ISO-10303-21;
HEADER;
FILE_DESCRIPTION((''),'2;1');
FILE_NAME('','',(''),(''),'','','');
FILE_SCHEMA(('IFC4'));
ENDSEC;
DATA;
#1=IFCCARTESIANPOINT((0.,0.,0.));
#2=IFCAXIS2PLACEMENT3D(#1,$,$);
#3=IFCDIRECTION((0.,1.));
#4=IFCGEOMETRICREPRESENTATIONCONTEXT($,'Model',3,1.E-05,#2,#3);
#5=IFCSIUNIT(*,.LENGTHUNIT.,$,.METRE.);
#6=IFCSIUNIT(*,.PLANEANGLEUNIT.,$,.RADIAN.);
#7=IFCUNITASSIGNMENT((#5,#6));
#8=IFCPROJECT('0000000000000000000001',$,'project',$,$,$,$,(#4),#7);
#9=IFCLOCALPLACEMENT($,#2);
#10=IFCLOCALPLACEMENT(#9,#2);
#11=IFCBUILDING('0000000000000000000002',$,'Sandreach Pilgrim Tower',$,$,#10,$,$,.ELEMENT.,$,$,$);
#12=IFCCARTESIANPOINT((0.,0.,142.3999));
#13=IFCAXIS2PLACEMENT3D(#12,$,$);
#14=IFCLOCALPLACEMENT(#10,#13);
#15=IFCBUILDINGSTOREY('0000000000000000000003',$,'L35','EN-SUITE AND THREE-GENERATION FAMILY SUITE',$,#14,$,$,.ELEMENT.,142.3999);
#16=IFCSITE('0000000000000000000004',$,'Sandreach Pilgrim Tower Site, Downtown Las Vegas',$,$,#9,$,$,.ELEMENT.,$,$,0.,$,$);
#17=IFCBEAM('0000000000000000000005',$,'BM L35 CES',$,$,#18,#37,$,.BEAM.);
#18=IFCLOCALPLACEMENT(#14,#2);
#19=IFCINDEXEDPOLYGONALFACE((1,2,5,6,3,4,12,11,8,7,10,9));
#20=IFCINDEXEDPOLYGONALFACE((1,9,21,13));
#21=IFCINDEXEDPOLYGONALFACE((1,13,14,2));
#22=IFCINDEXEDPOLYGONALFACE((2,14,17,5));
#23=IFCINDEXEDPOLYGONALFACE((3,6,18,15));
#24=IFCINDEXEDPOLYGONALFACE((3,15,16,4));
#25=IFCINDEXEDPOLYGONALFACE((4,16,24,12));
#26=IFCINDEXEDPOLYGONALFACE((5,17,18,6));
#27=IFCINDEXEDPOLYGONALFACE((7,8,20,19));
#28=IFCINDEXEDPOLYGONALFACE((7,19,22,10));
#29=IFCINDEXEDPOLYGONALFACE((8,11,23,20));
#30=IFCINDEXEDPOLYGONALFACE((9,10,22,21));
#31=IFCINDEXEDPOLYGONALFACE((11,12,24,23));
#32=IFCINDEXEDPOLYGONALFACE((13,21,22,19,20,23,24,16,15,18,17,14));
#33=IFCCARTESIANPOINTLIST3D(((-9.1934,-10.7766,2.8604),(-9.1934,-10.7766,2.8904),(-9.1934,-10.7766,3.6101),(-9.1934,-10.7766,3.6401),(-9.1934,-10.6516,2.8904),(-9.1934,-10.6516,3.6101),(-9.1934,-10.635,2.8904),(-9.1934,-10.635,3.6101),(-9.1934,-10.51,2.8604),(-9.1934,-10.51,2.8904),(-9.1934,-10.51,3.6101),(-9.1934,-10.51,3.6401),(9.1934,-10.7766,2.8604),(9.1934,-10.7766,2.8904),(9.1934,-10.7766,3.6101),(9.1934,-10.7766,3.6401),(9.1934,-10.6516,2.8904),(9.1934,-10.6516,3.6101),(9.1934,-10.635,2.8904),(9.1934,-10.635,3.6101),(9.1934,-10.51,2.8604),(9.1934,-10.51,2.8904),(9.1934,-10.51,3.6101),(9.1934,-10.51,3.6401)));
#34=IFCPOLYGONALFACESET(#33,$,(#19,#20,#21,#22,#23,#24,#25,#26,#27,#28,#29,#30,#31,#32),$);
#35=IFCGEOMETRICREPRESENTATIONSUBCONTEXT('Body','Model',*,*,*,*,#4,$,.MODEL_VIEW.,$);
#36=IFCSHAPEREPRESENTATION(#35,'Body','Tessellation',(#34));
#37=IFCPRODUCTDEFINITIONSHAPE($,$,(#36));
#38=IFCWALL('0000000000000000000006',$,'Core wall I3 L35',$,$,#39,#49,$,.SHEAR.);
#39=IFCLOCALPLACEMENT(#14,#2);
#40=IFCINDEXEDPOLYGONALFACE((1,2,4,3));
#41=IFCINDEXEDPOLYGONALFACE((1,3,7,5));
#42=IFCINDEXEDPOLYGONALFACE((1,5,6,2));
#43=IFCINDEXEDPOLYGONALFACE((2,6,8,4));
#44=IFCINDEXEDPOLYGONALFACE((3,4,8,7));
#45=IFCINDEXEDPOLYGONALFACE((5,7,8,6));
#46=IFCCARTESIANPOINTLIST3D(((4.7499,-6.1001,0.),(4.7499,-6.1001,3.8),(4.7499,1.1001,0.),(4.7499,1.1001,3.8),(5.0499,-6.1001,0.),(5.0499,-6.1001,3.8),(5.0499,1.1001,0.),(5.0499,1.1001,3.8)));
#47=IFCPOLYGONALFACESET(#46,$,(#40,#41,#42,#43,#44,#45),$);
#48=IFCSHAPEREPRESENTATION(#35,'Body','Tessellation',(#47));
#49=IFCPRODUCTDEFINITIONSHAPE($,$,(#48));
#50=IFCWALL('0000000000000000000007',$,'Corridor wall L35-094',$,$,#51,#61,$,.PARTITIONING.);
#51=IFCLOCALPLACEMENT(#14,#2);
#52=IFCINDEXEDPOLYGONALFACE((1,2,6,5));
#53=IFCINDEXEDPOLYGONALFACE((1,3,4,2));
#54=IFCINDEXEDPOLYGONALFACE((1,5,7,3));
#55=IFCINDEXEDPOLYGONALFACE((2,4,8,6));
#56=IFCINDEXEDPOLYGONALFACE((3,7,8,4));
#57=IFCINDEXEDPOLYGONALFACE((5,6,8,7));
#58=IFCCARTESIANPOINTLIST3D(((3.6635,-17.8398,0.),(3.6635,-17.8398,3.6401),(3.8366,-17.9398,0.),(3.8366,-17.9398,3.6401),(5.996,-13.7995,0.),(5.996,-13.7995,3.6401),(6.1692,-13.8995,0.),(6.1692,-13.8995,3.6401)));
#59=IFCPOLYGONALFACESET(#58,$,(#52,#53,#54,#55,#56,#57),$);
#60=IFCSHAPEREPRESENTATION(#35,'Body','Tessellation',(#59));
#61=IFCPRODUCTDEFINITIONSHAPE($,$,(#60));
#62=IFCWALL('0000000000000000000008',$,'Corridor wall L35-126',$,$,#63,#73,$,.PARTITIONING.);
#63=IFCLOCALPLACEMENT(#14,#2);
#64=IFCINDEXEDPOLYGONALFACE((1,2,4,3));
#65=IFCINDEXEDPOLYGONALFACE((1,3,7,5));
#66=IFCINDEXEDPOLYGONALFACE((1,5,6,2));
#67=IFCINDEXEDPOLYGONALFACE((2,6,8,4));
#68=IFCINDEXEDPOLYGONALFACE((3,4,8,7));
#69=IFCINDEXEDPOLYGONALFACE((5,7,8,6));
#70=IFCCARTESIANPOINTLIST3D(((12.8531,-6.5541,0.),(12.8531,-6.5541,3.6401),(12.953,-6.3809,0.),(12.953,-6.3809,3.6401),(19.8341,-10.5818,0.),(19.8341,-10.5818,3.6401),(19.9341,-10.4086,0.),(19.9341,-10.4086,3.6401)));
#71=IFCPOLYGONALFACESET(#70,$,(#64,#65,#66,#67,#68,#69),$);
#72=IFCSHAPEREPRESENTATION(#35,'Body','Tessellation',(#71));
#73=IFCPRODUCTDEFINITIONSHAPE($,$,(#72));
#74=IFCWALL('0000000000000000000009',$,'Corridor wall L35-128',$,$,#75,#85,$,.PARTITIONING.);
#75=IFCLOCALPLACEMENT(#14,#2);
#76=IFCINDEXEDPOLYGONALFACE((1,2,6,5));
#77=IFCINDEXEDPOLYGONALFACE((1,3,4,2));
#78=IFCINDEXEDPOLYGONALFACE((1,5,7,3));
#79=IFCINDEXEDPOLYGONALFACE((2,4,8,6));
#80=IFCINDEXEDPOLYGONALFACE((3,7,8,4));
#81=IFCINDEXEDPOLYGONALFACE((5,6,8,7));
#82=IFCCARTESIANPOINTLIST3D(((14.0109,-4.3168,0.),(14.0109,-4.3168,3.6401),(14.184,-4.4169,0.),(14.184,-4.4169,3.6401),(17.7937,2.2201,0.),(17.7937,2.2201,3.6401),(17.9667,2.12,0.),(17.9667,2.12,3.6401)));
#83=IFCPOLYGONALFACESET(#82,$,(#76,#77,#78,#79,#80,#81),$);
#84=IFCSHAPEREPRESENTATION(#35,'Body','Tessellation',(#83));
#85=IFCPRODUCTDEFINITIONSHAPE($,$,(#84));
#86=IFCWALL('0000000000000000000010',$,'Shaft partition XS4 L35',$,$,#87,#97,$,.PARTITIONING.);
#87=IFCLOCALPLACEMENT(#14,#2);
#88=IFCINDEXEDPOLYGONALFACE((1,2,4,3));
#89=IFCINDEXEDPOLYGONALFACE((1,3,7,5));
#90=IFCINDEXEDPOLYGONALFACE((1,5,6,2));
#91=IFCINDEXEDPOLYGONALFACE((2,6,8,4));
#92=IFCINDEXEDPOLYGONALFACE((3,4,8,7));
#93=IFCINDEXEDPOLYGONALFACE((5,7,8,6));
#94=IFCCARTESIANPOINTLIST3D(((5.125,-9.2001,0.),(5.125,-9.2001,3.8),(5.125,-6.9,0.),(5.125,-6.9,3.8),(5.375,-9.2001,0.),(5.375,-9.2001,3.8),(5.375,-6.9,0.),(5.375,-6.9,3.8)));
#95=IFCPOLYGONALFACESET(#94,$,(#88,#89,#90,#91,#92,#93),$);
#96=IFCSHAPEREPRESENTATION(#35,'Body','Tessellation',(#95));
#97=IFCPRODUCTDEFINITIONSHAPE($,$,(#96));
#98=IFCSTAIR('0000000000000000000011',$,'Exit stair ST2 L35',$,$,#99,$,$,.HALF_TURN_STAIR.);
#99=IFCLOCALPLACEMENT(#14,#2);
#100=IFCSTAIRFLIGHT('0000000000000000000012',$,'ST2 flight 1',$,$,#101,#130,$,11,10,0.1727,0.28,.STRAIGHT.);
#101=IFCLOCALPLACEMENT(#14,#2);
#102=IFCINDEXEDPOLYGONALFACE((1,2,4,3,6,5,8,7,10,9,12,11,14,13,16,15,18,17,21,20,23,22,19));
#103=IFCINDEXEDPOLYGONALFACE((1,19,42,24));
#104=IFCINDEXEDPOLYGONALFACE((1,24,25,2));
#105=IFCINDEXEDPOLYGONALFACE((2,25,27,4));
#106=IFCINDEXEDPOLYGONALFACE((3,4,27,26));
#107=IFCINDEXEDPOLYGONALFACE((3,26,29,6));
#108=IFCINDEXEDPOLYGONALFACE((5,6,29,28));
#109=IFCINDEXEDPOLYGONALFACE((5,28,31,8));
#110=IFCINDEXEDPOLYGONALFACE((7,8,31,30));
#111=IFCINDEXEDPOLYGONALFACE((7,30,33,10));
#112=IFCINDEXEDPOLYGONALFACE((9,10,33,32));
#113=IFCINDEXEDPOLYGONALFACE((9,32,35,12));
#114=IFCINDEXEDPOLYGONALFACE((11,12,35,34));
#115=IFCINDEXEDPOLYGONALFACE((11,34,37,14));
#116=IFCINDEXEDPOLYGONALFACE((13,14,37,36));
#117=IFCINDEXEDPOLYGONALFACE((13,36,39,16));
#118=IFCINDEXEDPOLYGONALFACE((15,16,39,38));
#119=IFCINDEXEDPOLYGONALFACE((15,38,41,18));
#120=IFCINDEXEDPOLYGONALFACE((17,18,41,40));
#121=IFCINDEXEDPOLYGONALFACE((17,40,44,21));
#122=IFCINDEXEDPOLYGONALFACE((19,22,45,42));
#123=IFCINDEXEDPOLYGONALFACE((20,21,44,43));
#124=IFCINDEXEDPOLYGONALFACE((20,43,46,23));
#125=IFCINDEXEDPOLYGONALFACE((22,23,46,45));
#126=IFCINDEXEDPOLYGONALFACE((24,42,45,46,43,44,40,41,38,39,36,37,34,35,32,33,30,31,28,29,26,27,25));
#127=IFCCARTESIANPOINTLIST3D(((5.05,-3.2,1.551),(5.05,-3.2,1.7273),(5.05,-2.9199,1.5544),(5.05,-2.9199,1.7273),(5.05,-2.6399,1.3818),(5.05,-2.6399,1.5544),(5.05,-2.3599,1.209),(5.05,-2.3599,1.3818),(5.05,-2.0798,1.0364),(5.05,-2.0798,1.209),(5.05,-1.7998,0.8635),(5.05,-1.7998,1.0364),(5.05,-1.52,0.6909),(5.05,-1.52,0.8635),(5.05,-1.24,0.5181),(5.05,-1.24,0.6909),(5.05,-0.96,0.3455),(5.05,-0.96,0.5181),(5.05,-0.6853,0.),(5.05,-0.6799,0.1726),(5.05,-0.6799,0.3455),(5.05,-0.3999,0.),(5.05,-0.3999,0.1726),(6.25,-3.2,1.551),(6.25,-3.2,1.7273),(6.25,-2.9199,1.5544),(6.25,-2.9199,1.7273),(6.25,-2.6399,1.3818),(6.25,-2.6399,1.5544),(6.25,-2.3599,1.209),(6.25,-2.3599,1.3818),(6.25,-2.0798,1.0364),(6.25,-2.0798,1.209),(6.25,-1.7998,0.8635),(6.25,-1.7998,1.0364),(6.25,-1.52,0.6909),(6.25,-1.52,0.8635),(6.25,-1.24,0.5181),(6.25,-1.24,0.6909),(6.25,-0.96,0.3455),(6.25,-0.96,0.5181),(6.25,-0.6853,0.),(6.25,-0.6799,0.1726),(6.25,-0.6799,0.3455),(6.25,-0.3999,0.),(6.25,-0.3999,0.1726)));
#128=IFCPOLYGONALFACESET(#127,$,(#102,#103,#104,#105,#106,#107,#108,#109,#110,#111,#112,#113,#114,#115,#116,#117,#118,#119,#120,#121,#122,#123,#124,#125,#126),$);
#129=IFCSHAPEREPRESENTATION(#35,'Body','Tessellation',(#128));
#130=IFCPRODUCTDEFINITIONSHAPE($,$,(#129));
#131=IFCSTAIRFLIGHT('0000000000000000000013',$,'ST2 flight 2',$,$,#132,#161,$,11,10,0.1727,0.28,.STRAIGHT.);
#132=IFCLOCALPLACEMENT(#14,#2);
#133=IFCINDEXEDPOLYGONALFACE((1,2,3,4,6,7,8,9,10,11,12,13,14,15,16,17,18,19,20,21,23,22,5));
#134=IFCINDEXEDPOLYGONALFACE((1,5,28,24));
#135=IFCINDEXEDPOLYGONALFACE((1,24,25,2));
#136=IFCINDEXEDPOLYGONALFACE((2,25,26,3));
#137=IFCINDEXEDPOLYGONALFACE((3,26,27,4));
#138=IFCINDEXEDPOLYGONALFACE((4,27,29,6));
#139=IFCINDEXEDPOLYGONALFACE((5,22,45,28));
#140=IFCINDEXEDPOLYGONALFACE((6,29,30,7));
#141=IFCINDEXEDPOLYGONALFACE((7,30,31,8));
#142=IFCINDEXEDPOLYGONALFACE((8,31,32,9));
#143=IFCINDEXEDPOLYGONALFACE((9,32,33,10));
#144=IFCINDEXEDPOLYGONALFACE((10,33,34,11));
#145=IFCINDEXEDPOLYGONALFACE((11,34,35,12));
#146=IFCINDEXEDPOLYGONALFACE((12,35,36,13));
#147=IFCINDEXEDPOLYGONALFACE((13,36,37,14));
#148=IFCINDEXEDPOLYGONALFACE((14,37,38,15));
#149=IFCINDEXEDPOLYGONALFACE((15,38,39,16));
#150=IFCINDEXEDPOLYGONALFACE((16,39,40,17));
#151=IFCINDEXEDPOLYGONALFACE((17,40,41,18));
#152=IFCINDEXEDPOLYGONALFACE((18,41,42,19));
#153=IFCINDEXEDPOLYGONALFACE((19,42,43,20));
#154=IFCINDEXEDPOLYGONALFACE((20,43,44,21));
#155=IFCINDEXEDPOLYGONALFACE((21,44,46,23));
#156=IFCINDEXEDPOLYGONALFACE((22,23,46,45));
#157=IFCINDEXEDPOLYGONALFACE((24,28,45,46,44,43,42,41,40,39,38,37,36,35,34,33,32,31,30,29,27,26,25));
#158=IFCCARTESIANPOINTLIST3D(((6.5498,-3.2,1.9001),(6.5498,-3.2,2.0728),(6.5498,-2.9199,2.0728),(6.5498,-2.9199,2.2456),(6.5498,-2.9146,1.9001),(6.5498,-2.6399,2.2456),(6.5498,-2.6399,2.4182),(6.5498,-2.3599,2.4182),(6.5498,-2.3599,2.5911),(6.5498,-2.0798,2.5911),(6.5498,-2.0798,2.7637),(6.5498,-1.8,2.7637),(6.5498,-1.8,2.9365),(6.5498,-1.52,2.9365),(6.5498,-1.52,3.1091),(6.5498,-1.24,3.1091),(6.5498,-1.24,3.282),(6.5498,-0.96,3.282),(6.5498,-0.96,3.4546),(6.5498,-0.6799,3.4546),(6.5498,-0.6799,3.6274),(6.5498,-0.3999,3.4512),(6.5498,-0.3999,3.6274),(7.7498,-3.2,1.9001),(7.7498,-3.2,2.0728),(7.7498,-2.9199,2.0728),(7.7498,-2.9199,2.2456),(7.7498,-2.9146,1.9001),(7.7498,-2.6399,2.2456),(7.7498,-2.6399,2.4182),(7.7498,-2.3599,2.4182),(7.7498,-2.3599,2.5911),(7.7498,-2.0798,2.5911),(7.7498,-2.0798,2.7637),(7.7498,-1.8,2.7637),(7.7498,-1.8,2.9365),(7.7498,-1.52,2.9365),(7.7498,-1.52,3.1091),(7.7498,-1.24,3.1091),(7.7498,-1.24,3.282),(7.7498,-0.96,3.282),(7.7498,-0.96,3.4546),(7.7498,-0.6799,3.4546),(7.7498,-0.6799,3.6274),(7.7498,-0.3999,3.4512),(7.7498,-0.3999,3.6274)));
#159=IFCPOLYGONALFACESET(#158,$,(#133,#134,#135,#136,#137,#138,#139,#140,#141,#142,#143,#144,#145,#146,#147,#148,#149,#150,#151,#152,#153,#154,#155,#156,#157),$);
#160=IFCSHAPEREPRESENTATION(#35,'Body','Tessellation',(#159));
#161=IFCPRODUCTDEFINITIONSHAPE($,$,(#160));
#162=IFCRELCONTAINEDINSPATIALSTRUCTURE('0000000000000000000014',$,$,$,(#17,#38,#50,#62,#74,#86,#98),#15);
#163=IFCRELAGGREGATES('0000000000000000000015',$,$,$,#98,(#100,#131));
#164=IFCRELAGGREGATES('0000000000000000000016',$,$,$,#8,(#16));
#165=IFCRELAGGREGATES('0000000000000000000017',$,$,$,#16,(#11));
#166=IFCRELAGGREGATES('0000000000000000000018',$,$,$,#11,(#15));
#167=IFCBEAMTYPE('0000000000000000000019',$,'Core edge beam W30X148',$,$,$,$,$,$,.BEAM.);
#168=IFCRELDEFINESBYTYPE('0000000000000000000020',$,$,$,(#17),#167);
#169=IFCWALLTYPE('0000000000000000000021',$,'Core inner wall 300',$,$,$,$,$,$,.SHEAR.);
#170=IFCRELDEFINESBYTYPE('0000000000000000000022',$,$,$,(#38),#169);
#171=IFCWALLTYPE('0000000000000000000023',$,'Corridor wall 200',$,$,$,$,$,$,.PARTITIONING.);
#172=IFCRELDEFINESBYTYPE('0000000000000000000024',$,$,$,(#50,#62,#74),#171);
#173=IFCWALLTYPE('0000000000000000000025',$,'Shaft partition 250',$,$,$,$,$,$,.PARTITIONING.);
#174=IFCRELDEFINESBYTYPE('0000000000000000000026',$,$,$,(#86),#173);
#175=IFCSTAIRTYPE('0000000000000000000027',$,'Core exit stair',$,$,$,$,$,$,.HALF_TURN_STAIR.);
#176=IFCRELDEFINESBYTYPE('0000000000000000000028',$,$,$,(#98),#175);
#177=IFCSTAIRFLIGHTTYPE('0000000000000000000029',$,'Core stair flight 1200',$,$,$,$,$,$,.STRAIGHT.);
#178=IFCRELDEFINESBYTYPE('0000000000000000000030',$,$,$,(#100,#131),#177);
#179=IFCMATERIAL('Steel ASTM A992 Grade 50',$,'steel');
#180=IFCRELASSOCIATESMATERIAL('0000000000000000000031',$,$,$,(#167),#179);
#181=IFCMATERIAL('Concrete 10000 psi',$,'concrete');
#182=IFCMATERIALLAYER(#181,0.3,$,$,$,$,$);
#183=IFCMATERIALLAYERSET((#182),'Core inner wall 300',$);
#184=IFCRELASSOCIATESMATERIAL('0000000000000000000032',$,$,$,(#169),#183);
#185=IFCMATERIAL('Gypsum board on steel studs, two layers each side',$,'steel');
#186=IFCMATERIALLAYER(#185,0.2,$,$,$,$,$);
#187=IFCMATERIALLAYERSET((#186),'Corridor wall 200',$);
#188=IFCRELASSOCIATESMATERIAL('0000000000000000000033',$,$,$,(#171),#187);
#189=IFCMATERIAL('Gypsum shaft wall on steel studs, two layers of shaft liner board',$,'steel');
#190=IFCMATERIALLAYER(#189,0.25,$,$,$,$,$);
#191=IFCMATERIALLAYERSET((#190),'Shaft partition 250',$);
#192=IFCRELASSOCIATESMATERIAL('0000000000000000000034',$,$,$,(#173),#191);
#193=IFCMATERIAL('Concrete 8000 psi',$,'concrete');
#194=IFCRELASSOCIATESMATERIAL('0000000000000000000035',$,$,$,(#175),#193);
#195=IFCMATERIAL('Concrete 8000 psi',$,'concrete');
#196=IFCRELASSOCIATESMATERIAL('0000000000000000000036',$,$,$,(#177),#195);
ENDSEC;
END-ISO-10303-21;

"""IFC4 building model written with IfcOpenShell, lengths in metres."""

from ifc_helpers import new_model, si_unit, direction, frame, frame_2d, origin, origin_2d, place, context, subcontext, project, spatial, polyline, rectangle, i_section, outline, extrude, material, layer, layer_set, material_profile, profile_set, type_object, element, aggregate, save


model = new_model("IFC4")

# Units and contexts
model_context = context("Model", 3, precision=1e-05, world=origin(), true_north=direction((0.0, 1.0)))
body_context = subcontext(model_context, "Body", "Model", "MODEL_VIEW")
ifc_project = project(units=[si_unit("LENGTHUNIT", "METRE"), si_unit("PLANEANGLEUNIT", "RADIAN")], contexts=[model_context])

# Site, building, storey
site_placement = place(None, origin())
site = spatial("IfcSite", under=ifc_project, at=site_placement, Name="Sandreach Pilgrim Tower Site, Downtown Las Vegas", CompositionType="ELEMENT", RefElevation=0.0)
building_placement = place(site_placement, origin())
building = spatial("IfcBuilding", under=site, at=building_placement, Name="Sandreach Pilgrim Tower", CompositionType="ELEMENT")
storey_placement = place(building_placement, frame((0.0, 0.0, 142.3999)))
storey = spatial("IfcBuildingStorey", under=building, at=storey_placement, Name="L35", Description="EN-SUITE AND THREE-GENERATION FAMILY SUITE", CompositionType="ELEMENT", Elevation=142.3999)

# Beam
ifc_material_1 = material(Name="Steel ASTM A992 Grade 50", Category="steel")
ifc_material_profile = material_profile(ifc_material_1, i_section(OverallWidth=0.2666, OverallDepth=0.7798, WebThickness=0.0166, FlangeThickness=0.03, at=origin_2d()), Name="W30X148")
ifc_profile_set = profile_set([ifc_material_profile], Name="Steel ASTM A992 Grade 50")
beam_type = type_object("IfcBeamType", Name="Core edge beam W30X148", PredefinedType="BEAM", material=ifc_profile_set)
beam_placement = place(storey_placement, frame((9.1934, -10.6433, 3.2502), z_axis=(-1.0, 0.0, 0.0), x_axis=(0.0, -1.0, 0.0)))
element("IfcBeam", 1, at=beam_placement, inside=storey, type_object=beam_type, Name="BM L35 CES", PredefinedType="BEAM", context=body_context, shape_type="SweptSolid", body=[
    extrude(i_section(OverallWidth=0.2666, OverallDepth=0.7798, WebThickness=0.0166, FlangeThickness=0.03, at=origin_2d()), origin(), (0.0, 0.0, 1.0), 18.3867),
])

# Wall
ifc_material_2 = material(Name="Concrete 10000 psi", Category="concrete")
ifc_layer_1 = layer(ifc_material_2, 0.3)
ifc_layer_set_1 = layer_set([ifc_layer_1], Name="Core inner wall 300")
wall_type_1 = type_object("IfcWallType", Name="Core inner wall 300", PredefinedType="SHEAR", material=ifc_layer_set_1)
wall_1_placement = place(storey_placement, frame((4.8999, -6.1001, 0.0), z_axis=(0.0, 0.0, 1.0), x_axis=(0.0, 1.0, 0.0)))
element("IfcWall", 2, at=wall_1_placement, inside=storey, type_object=wall_type_1, Name="Core wall I3 L35", PredefinedType="SHEAR", context=body_context, shape_type="SweptSolid", body=[
    extrude(rectangle(XDim=7.2002, YDim=0.3, at=frame_2d((3.6001, 0.0))), origin(), (0.0, 0.0, 1.0), 3.8),
])

# Wall
ifc_material_3 = material(Name="Gypsum board on steel studs, two layers each side", Category="steel")
ifc_layer_2 = layer(ifc_material_3, 0.2)
ifc_layer_set_2 = layer_set([ifc_layer_2], Name="Corridor wall 200")
wall_type_2 = type_object("IfcWallType", Name="Corridor wall 200", PredefinedType="PARTITIONING", material=ifc_layer_set_2)
wall_2_placement = place(storey_placement, frame((6.0825, -13.8496, 0.0), z_axis=(0.0, 0.0, 1.0), x_axis=(-0.499978, -0.866038, 0.0)))
element("IfcWall", 3, at=wall_2_placement, inside=storey, type_object=wall_type_2, Name="Corridor wall L35-094", PredefinedType="PARTITIONING", context=body_context, shape_type="SweptSolid", body=[
    extrude(rectangle(XDim=4.6653, YDim=0.2, at=frame_2d((2.3325, 0.0))), origin(), (0.0, 0.0, 1.0), 3.6401),
])

# Walls
wall_3_placement = place(storey_placement, frame((12.9031, -6.4675, 0.0), z_axis=(0.0, 0.0, 1.0), x_axis=(0.86618, -0.499733, 0.0)))
element("IfcWall", 4, at=wall_3_placement, inside=storey, type_object=wall_type_2, Name="Corridor wall L35-126", PredefinedType="PARTITIONING", context=body_context, shape_type="SweptSolid", body=[
    extrude(rectangle(XDim=8.0596, YDim=0.2, at=frame_2d((4.0298, 0.0))), origin(), (0.0, 0.0, 1.0), 3.6401),
])
wall_4_placement = place(storey_placement, frame((14.0974, -4.3669, 0.0), z_axis=(0.0, 0.0, 1.0), x_axis=(0.500859, 0.865529, 0.0)))
element("IfcWall", 5, at=wall_4_placement, inside=storey, type_object=wall_type_2, Name="Corridor wall L35-128", PredefinedType="PARTITIONING", context=body_context, shape_type="SweptSolid", body=[
    extrude(rectangle(XDim=7.5525, YDim=0.2, at=frame_2d((3.7764, 0.0))), origin(), (0.0, 0.0, 1.0), 3.6401),
])
ifc_material_4 = material(Name="Gypsum shaft wall on steel studs, two layers of shaft liner board", Category="steel")
ifc_layer_3 = layer(ifc_material_4, 0.25)
ifc_layer_set_3 = layer_set([ifc_layer_3], Name="Shaft partition 250")
wall_type_3 = type_object("IfcWallType", Name="Shaft partition 250", PredefinedType="PARTITIONING", material=ifc_layer_set_3)
wall_5_placement = place(storey_placement, frame((5.25, -9.2, 0.0), z_axis=(0.0, 0.0, 1.0), x_axis=(0.0, 1.0, 0.0)))
element("IfcWall", 6, at=wall_5_placement, inside=storey, type_object=wall_type_3, Name="Shaft partition XS4 L35", PredefinedType="PARTITIONING", context=body_context, shape_type="SweptSolid", body=[
    extrude(rectangle(XDim=2.3, YDim=0.25, at=frame_2d((1.1499, 0.0))), origin(), (0.0, 0.0, 1.0), 3.8),
])

# Stair, stair flights
ifc_material_5 = material(Name="Concrete 8000 psi", Category="concrete")
stair_type = type_object("IfcStairType", Name="Core exit stair", PredefinedType="HALF_TURN_STAIR", material=ifc_material_5)
stair_placement = place(storey_placement, origin())
stair = element("IfcStair", 7, at=stair_placement, inside=storey, type_object=stair_type, Name="Exit stair ST2 L35", PredefinedType="HALF_TURN_STAIR")
ifc_material_6 = material(Name="Concrete 8000 psi", Category="concrete")
stair_flight_type = type_object("IfcStairFlightType", Name="Core stair flight 1200", PredefinedType="STRAIGHT", material=ifc_material_6)
stair_flight_1_placement = place(storey_placement, frame((5.6499, -0.3999, 0.0), z_axis=(0.0, 0.0, 1.0), x_axis=(0.0, -1.0, 0.0)))
stair_flight_1 = element("IfcStairFlight", 8, at=stair_flight_1_placement, type_object=stair_flight_type, Name="ST2 flight 1", NumberOfRisers=11, NumberOfTreads=10, PredefinedType="STRAIGHT", RiserHeight=0.1727, TreadLength=0.28, context=body_context, shape_type="SweptSolid", body=[
    extrude(outline(polyline([(0.0, 0.0), (0.0, 0.1726), (0.28, 0.1726), (0.28, 0.3455), (0.5601, 0.3455), (0.5601, 0.5181), (0.8401, 0.5181), (0.8401, 0.6909), (1.1201, 0.6909), (1.1201, 0.8635), (1.3999, 0.8635), (1.3999, 1.0364), (1.6799, 1.0364), (1.6799, 1.209), (1.96, 1.209), (1.96, 1.3818), (2.24, 1.3818), (2.24, 1.5544), (2.52, 1.5544), (2.52, 1.7273), (2.8, 1.7273), (2.8, 1.8999), (2.8, 1.551), (0.2854, 0.0), (0.0, 0.0)])), frame((0.0, 0.6001, 0.0), z_axis=(0.0, -1.0, 0.0), x_axis=(1.0, 0.0, 0.0)), (0.0, 0.0, 1.0), 1.2),
])
stair_flight_2_placement = place(storey_placement, frame((7.1499, -3.2, 1.9001), z_axis=(0.0, 0.0, 1.0), x_axis=(0.0, 1.0, 0.0)))
stair_flight_2 = element("IfcStairFlight", 9, at=stair_flight_2_placement, type_object=stair_flight_type, Name="ST2 flight 2", NumberOfRisers=11, NumberOfTreads=10, PredefinedType="STRAIGHT", RiserHeight=0.1727, TreadLength=0.28, context=body_context, shape_type="SweptSolid", body=[
    extrude(outline(polyline([(0.0, 0.0), (0.0, 0.1726), (0.28, 0.1726), (0.28, 0.3455), (0.5601, 0.3455), (0.5601, 0.5181), (0.8401, 0.5181), (0.8401, 0.6909), (1.1201, 0.6909), (1.1201, 0.8635), (1.3999, 0.8635), (1.3999, 1.0364), (1.6799, 1.0364), (1.6799, 1.209), (1.96, 1.209), (1.96, 1.3818), (2.24, 1.3818), (2.24, 1.5544), (2.52, 1.5544), (2.52, 1.7273), (2.8, 1.7273), (2.8, 1.8999), (2.8, 1.551), (0.2854, 0.0), (0.0, 0.0)])), frame((0.0, 0.6001, 0.0), z_axis=(0.0, -1.0, 0.0), x_axis=(1.0, 0.0, 0.0)), (0.0, 0.0, 1.0), 1.2),
])
aggregate(stair, [stair_flight_1, stair_flight_2])

save(model, "model.ifc")
